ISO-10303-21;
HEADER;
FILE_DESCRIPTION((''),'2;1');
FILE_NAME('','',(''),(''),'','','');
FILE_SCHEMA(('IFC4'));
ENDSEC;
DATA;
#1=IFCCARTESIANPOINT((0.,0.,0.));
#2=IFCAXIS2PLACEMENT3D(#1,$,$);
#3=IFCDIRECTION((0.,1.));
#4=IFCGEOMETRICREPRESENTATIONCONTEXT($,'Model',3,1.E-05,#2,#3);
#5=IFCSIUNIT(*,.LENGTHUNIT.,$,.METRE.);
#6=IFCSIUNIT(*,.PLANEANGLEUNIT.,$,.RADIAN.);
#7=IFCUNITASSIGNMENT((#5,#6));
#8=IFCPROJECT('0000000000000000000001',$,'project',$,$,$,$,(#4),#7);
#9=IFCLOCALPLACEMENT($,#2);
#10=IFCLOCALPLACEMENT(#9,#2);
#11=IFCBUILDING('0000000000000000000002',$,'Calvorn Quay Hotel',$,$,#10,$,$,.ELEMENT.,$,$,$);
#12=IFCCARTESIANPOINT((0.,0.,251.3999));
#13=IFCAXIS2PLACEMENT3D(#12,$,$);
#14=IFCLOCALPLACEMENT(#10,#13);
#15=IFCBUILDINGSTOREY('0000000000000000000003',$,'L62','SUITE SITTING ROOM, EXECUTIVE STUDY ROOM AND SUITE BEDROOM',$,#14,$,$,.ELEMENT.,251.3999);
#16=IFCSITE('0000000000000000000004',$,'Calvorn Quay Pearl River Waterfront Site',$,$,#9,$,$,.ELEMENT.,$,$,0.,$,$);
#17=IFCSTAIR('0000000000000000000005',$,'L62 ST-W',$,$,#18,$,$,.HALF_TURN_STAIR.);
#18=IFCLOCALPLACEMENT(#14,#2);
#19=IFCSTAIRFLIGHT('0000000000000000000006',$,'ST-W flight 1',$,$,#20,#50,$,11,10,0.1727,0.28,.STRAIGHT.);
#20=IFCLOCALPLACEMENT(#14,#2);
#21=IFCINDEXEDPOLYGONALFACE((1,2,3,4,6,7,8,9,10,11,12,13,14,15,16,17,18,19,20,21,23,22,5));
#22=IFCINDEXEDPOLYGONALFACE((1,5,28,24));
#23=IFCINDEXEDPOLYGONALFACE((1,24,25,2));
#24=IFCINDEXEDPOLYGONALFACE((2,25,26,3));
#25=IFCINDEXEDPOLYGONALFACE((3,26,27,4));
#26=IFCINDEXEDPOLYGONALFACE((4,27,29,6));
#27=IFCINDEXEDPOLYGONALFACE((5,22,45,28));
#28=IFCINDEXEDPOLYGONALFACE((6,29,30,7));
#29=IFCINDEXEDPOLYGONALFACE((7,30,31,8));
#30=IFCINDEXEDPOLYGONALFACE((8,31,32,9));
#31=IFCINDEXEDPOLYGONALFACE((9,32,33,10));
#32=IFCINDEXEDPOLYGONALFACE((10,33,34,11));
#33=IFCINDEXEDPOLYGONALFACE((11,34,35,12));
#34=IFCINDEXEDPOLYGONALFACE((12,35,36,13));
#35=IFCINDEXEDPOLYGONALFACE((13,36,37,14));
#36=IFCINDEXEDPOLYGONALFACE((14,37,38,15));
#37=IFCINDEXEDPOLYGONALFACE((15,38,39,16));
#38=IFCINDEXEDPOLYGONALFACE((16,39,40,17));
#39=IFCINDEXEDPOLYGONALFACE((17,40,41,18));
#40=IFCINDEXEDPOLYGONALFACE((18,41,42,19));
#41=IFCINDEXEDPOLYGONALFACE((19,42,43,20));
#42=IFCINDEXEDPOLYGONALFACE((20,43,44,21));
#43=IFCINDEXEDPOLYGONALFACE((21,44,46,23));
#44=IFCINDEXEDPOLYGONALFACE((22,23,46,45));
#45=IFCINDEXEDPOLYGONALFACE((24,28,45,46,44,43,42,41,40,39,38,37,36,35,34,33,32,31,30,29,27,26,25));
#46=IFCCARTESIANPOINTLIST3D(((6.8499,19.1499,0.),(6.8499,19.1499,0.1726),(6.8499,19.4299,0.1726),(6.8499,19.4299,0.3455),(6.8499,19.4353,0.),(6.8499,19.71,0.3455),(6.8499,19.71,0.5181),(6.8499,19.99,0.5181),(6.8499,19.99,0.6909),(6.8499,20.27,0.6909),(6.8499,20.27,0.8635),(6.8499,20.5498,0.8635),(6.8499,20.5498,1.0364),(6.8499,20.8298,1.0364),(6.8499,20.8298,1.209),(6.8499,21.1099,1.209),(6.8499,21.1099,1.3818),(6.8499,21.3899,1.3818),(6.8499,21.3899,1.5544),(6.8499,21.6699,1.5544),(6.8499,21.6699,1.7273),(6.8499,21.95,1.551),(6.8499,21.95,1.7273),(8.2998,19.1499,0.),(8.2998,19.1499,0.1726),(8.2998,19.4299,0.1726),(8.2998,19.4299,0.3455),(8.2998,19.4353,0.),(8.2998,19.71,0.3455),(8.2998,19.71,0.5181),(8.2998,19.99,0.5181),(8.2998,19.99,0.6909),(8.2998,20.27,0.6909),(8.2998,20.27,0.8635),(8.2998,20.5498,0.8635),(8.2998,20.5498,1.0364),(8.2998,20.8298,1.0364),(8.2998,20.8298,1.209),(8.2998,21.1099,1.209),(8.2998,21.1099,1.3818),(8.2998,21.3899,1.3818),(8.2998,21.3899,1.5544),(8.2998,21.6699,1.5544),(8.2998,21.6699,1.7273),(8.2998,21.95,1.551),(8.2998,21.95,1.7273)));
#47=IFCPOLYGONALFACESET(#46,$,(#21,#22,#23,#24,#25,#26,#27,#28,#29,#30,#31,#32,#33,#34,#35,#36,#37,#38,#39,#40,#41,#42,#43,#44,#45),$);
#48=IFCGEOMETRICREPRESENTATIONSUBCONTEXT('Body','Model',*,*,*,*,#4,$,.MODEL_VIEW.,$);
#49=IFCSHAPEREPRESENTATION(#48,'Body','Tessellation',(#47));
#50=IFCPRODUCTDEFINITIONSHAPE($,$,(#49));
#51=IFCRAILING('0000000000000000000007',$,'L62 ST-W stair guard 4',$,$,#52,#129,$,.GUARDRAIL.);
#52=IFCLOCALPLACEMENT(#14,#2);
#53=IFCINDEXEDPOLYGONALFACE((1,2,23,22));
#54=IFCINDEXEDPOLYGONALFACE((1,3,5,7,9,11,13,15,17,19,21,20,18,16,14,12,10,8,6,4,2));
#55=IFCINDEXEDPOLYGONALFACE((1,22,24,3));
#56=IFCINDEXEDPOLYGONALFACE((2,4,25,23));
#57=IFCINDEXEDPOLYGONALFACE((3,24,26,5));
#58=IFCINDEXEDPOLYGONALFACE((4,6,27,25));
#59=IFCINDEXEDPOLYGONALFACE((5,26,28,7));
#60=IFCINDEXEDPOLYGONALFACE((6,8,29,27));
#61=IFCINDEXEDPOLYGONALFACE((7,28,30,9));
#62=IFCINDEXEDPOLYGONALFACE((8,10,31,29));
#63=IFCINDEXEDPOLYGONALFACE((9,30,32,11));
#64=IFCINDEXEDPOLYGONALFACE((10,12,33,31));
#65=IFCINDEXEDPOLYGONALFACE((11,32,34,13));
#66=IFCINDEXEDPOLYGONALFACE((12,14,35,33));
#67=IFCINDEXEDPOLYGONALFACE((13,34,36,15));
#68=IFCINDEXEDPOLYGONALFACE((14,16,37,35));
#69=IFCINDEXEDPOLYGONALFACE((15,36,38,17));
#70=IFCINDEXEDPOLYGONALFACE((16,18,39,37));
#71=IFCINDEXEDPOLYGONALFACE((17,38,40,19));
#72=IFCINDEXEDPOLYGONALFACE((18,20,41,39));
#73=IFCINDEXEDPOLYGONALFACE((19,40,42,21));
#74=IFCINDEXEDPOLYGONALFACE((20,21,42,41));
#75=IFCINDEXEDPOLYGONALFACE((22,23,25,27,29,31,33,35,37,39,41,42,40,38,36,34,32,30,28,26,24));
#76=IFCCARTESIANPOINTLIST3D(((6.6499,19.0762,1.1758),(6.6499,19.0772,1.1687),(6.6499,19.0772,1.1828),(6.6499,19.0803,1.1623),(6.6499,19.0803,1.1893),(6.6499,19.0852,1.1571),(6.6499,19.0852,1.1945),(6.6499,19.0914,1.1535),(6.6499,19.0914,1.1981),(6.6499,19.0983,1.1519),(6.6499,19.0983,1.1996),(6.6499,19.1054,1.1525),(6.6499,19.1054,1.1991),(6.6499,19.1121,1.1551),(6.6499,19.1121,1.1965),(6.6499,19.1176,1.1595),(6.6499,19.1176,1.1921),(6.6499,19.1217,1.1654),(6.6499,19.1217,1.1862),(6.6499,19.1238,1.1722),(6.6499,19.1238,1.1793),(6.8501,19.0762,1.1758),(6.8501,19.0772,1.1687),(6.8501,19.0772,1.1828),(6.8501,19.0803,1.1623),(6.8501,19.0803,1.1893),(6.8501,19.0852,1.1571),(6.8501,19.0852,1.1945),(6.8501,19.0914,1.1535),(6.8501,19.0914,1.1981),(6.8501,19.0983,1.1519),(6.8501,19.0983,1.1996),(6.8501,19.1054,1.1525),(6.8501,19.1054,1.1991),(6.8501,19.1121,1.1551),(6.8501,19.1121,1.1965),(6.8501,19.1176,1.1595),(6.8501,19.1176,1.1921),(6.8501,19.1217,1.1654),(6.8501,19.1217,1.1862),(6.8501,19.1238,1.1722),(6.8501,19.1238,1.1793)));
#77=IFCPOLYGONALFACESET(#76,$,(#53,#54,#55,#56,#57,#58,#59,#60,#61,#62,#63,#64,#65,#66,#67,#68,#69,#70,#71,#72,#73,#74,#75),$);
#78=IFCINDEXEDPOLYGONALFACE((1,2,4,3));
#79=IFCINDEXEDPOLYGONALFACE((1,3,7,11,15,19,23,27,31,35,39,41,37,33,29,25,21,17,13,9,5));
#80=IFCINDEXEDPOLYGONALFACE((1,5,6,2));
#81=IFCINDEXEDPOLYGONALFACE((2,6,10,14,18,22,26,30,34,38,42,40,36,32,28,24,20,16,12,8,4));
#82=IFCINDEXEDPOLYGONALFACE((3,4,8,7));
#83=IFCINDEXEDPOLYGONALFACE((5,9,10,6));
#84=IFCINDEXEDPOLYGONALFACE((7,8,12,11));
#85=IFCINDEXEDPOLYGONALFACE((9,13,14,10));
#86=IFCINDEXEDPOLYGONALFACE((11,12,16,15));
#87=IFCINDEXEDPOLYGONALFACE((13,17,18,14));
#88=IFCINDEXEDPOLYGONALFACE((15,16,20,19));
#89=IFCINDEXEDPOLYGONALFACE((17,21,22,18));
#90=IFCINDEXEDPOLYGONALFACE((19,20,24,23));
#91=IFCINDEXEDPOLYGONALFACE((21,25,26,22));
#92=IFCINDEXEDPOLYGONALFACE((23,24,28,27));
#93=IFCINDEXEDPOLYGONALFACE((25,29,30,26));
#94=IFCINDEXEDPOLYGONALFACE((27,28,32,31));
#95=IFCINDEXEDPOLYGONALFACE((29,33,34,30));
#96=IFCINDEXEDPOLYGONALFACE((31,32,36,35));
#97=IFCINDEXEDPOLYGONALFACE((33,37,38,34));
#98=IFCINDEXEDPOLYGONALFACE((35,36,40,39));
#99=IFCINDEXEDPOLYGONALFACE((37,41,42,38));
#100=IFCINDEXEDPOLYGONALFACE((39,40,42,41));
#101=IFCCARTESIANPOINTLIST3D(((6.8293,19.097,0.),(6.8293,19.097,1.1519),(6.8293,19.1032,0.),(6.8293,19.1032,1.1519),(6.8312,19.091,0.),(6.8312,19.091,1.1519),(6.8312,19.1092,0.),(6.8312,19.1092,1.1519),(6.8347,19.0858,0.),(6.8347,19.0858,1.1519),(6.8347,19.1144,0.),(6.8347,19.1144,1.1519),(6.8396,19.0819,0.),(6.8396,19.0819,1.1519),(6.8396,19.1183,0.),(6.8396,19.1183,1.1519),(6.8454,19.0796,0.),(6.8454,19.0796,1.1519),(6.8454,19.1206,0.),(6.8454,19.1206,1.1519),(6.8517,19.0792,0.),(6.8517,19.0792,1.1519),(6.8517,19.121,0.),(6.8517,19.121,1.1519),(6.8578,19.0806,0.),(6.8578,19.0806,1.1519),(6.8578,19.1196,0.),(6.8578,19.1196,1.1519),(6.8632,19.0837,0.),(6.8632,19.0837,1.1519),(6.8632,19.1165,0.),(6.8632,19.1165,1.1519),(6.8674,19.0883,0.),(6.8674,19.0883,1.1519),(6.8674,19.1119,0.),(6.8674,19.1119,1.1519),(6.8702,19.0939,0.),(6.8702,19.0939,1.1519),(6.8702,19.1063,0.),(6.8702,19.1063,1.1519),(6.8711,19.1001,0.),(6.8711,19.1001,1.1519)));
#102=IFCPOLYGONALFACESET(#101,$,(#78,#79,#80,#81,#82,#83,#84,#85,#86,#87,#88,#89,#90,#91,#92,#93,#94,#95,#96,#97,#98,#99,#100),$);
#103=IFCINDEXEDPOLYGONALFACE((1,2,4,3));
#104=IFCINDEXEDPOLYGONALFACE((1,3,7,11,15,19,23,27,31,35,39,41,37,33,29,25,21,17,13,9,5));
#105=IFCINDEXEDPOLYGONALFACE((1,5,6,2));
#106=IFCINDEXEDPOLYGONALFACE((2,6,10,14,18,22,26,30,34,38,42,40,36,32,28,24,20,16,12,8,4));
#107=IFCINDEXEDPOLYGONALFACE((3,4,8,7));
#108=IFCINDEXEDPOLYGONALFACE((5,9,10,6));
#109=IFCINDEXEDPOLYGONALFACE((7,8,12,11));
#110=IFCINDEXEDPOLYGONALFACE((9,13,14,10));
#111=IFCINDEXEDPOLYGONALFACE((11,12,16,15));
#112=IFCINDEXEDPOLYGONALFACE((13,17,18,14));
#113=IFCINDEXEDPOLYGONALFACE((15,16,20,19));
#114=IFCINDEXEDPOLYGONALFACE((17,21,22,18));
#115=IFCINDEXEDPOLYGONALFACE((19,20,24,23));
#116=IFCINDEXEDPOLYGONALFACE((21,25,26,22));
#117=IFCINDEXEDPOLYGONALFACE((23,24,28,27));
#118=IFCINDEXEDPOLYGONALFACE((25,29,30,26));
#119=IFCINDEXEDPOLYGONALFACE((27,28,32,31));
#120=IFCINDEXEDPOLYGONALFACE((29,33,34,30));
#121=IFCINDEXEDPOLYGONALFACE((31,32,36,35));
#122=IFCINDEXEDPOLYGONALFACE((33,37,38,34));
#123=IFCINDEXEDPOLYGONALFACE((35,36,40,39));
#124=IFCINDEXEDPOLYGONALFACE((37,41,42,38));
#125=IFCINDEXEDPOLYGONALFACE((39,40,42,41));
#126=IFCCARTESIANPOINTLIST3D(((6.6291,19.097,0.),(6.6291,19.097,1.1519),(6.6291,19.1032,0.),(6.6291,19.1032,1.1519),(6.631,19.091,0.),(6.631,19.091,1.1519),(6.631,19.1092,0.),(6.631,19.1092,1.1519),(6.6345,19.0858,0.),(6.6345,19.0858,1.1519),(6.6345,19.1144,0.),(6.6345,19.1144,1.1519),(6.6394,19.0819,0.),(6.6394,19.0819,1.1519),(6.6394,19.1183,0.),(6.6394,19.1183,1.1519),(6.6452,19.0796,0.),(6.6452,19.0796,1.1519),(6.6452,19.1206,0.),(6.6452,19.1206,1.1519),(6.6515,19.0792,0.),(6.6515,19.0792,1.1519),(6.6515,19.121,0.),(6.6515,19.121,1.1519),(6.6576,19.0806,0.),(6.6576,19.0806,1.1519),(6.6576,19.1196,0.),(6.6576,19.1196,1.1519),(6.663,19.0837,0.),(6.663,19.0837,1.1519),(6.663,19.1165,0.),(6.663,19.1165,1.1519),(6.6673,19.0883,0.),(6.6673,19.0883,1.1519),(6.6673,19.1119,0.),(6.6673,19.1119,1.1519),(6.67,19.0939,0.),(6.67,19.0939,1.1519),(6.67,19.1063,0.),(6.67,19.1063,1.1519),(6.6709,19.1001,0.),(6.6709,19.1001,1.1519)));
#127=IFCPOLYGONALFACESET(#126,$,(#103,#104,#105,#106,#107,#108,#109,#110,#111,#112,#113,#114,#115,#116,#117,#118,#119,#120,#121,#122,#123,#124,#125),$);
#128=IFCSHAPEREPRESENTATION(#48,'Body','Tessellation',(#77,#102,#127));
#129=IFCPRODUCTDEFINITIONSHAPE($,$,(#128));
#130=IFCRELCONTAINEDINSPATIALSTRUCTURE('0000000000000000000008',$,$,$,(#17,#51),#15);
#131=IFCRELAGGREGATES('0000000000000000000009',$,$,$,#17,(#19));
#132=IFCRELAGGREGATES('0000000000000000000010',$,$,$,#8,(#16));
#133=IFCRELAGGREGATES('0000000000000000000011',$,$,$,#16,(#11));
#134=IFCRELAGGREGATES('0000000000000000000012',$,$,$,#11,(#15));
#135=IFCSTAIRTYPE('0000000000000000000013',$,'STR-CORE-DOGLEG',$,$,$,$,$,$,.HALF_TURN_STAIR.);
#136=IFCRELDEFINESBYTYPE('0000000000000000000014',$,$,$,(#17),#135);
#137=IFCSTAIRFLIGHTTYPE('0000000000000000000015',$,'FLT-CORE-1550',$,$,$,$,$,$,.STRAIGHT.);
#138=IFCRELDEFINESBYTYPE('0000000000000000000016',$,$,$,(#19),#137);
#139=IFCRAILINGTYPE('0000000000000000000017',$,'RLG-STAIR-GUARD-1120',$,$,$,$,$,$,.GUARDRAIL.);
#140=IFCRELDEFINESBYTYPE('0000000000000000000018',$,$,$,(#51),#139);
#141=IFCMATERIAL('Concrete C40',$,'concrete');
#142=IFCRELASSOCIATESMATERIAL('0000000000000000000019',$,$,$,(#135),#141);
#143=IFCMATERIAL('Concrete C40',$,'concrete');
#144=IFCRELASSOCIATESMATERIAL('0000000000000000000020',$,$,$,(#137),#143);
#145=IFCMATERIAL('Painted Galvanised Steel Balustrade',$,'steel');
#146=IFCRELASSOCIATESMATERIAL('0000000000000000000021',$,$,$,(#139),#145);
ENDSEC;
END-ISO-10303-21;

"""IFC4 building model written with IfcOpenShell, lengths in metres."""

from ifc_helpers import new_model, si_unit, direction, frame, origin, origin_2d, place, context, subcontext, project, spatial, polyline, circle, outline, extrude, material, type_object, element, aggregate, save


model = new_model("IFC4")

# Units and contexts
model_context = context("Model", 3, precision=1e-05, world=origin(), true_north=direction((0.0, 1.0)))
body_context = subcontext(model_context, "Body", "Model", "MODEL_VIEW")
ifc_project = project(units=[si_unit("LENGTHUNIT", "METRE"), si_unit("PLANEANGLEUNIT", "RADIAN")], contexts=[model_context])

# Site, building, storey
site_placement = place(None, origin())
site = spatial("IfcSite", under=ifc_project, at=site_placement, Name="Calvorn Quay Pearl River Waterfront Site", CompositionType="ELEMENT", RefElevation=0.0)
building_placement = place(site_placement, origin())
building = spatial("IfcBuilding", under=site, at=building_placement, Name="Calvorn Quay Hotel", CompositionType="ELEMENT")
storey_placement = place(building_placement, frame((0.0, 0.0, 251.3999)))
storey = spatial("IfcBuildingStorey", under=building, at=storey_placement, Name="L62", Description="SUITE SITTING ROOM, EXECUTIVE STUDY ROOM AND SUITE BEDROOM", CompositionType="ELEMENT", Elevation=251.3999)

# Stair, stair flight
ifc_material_1 = material(Name="Concrete C40", Category="concrete")
stair_type = type_object("IfcStairType", Name="STR-CORE-DOGLEG", PredefinedType="HALF_TURN_STAIR", material=ifc_material_1)
stair_placement = place(storey_placement, origin())
stair = element("IfcStair", 1, at=stair_placement, inside=storey, type_object=stair_type, Name="L62 ST-W", PredefinedType="HALF_TURN_STAIR")
ifc_material_2 = material(Name="Concrete C40", Category="concrete")
stair_flight_type = type_object("IfcStairFlightType", Name="FLT-CORE-1550", PredefinedType="STRAIGHT", material=ifc_material_2)
stair_flight_placement = place(storey_placement, frame((7.575, 19.1499, 0.0), z_axis=(0.0, 0.0, 1.0), x_axis=(0.0, 1.0, 0.0)))
stair_flight = element("IfcStairFlight", 2, at=stair_flight_placement, type_object=stair_flight_type, Name="ST-W flight 1", NumberOfRisers=11, NumberOfTreads=10, PredefinedType="STRAIGHT", RiserHeight=0.1727, TreadLength=0.28, context=body_context, shape_type="SweptSolid", body=[
    extrude(outline(polyline([(0.0, 0.0), (0.0, 0.1726), (0.28, 0.1726), (0.28, 0.3455), (0.5601, 0.3455), (0.5601, 0.5181), (0.8401, 0.5181), (0.8401, 0.6909), (1.1201, 0.6909), (1.1201, 0.8635), (1.3999, 0.8635), (1.3999, 1.0364), (1.6799, 1.0364), (1.6799, 1.209), (1.96, 1.209), (1.96, 1.3818), (2.24, 1.3818), (2.24, 1.5544), (2.52, 1.5544), (2.52, 1.7273), (2.8, 1.7273), (2.8, 1.8999), (2.8, 1.551), (0.2854, 0.0), (0.0, 0.0)])), frame((0.0, 0.7251, 0.0), z_axis=(0.0, -1.0, 0.0), x_axis=(1.0, 0.0, 0.0)), (0.0, 0.0, 1.0), 1.45),
])
aggregate(stair, [stair_flight])

# Railing
ifc_material_3 = material(Name="Painted Galvanised Steel Balustrade", Category="steel")
railing_type = type_object("IfcRailingType", Name="RLG-STAIR-GUARD-1120", PredefinedType="GUARDRAIL", material=ifc_material_3)
railing_placement = place(storey_placement, frame((6.8501, 19.1001, 0.0)))
element("IfcRailing", 3, at=railing_placement, inside=storey, type_object=railing_type, Name="L62 ST-W stair guard 4", PredefinedType="GUARDRAIL", context=body_context, shape_type="SweptSolid", body=[
    extrude(circle(Radius=0.0239, at=origin_2d()), frame((0.0, 0.0, 1.1758), z_axis=(-1.0, 0.0, 0.0), x_axis=(0.0, -1.0, 0.0)), (0.0, 0.0, 1.0), 0.2002),
    extrude(circle(Radius=0.021, at=origin_2d()), origin(), (0.0, 0.0, 1.0), 1.1519),
    extrude(circle(Radius=0.021, at=origin_2d()), frame((-0.2002, 0.0, 0.0)), (0.0, 0.0, 1.0), 1.1519),
])

save(model, "model.ifc")
